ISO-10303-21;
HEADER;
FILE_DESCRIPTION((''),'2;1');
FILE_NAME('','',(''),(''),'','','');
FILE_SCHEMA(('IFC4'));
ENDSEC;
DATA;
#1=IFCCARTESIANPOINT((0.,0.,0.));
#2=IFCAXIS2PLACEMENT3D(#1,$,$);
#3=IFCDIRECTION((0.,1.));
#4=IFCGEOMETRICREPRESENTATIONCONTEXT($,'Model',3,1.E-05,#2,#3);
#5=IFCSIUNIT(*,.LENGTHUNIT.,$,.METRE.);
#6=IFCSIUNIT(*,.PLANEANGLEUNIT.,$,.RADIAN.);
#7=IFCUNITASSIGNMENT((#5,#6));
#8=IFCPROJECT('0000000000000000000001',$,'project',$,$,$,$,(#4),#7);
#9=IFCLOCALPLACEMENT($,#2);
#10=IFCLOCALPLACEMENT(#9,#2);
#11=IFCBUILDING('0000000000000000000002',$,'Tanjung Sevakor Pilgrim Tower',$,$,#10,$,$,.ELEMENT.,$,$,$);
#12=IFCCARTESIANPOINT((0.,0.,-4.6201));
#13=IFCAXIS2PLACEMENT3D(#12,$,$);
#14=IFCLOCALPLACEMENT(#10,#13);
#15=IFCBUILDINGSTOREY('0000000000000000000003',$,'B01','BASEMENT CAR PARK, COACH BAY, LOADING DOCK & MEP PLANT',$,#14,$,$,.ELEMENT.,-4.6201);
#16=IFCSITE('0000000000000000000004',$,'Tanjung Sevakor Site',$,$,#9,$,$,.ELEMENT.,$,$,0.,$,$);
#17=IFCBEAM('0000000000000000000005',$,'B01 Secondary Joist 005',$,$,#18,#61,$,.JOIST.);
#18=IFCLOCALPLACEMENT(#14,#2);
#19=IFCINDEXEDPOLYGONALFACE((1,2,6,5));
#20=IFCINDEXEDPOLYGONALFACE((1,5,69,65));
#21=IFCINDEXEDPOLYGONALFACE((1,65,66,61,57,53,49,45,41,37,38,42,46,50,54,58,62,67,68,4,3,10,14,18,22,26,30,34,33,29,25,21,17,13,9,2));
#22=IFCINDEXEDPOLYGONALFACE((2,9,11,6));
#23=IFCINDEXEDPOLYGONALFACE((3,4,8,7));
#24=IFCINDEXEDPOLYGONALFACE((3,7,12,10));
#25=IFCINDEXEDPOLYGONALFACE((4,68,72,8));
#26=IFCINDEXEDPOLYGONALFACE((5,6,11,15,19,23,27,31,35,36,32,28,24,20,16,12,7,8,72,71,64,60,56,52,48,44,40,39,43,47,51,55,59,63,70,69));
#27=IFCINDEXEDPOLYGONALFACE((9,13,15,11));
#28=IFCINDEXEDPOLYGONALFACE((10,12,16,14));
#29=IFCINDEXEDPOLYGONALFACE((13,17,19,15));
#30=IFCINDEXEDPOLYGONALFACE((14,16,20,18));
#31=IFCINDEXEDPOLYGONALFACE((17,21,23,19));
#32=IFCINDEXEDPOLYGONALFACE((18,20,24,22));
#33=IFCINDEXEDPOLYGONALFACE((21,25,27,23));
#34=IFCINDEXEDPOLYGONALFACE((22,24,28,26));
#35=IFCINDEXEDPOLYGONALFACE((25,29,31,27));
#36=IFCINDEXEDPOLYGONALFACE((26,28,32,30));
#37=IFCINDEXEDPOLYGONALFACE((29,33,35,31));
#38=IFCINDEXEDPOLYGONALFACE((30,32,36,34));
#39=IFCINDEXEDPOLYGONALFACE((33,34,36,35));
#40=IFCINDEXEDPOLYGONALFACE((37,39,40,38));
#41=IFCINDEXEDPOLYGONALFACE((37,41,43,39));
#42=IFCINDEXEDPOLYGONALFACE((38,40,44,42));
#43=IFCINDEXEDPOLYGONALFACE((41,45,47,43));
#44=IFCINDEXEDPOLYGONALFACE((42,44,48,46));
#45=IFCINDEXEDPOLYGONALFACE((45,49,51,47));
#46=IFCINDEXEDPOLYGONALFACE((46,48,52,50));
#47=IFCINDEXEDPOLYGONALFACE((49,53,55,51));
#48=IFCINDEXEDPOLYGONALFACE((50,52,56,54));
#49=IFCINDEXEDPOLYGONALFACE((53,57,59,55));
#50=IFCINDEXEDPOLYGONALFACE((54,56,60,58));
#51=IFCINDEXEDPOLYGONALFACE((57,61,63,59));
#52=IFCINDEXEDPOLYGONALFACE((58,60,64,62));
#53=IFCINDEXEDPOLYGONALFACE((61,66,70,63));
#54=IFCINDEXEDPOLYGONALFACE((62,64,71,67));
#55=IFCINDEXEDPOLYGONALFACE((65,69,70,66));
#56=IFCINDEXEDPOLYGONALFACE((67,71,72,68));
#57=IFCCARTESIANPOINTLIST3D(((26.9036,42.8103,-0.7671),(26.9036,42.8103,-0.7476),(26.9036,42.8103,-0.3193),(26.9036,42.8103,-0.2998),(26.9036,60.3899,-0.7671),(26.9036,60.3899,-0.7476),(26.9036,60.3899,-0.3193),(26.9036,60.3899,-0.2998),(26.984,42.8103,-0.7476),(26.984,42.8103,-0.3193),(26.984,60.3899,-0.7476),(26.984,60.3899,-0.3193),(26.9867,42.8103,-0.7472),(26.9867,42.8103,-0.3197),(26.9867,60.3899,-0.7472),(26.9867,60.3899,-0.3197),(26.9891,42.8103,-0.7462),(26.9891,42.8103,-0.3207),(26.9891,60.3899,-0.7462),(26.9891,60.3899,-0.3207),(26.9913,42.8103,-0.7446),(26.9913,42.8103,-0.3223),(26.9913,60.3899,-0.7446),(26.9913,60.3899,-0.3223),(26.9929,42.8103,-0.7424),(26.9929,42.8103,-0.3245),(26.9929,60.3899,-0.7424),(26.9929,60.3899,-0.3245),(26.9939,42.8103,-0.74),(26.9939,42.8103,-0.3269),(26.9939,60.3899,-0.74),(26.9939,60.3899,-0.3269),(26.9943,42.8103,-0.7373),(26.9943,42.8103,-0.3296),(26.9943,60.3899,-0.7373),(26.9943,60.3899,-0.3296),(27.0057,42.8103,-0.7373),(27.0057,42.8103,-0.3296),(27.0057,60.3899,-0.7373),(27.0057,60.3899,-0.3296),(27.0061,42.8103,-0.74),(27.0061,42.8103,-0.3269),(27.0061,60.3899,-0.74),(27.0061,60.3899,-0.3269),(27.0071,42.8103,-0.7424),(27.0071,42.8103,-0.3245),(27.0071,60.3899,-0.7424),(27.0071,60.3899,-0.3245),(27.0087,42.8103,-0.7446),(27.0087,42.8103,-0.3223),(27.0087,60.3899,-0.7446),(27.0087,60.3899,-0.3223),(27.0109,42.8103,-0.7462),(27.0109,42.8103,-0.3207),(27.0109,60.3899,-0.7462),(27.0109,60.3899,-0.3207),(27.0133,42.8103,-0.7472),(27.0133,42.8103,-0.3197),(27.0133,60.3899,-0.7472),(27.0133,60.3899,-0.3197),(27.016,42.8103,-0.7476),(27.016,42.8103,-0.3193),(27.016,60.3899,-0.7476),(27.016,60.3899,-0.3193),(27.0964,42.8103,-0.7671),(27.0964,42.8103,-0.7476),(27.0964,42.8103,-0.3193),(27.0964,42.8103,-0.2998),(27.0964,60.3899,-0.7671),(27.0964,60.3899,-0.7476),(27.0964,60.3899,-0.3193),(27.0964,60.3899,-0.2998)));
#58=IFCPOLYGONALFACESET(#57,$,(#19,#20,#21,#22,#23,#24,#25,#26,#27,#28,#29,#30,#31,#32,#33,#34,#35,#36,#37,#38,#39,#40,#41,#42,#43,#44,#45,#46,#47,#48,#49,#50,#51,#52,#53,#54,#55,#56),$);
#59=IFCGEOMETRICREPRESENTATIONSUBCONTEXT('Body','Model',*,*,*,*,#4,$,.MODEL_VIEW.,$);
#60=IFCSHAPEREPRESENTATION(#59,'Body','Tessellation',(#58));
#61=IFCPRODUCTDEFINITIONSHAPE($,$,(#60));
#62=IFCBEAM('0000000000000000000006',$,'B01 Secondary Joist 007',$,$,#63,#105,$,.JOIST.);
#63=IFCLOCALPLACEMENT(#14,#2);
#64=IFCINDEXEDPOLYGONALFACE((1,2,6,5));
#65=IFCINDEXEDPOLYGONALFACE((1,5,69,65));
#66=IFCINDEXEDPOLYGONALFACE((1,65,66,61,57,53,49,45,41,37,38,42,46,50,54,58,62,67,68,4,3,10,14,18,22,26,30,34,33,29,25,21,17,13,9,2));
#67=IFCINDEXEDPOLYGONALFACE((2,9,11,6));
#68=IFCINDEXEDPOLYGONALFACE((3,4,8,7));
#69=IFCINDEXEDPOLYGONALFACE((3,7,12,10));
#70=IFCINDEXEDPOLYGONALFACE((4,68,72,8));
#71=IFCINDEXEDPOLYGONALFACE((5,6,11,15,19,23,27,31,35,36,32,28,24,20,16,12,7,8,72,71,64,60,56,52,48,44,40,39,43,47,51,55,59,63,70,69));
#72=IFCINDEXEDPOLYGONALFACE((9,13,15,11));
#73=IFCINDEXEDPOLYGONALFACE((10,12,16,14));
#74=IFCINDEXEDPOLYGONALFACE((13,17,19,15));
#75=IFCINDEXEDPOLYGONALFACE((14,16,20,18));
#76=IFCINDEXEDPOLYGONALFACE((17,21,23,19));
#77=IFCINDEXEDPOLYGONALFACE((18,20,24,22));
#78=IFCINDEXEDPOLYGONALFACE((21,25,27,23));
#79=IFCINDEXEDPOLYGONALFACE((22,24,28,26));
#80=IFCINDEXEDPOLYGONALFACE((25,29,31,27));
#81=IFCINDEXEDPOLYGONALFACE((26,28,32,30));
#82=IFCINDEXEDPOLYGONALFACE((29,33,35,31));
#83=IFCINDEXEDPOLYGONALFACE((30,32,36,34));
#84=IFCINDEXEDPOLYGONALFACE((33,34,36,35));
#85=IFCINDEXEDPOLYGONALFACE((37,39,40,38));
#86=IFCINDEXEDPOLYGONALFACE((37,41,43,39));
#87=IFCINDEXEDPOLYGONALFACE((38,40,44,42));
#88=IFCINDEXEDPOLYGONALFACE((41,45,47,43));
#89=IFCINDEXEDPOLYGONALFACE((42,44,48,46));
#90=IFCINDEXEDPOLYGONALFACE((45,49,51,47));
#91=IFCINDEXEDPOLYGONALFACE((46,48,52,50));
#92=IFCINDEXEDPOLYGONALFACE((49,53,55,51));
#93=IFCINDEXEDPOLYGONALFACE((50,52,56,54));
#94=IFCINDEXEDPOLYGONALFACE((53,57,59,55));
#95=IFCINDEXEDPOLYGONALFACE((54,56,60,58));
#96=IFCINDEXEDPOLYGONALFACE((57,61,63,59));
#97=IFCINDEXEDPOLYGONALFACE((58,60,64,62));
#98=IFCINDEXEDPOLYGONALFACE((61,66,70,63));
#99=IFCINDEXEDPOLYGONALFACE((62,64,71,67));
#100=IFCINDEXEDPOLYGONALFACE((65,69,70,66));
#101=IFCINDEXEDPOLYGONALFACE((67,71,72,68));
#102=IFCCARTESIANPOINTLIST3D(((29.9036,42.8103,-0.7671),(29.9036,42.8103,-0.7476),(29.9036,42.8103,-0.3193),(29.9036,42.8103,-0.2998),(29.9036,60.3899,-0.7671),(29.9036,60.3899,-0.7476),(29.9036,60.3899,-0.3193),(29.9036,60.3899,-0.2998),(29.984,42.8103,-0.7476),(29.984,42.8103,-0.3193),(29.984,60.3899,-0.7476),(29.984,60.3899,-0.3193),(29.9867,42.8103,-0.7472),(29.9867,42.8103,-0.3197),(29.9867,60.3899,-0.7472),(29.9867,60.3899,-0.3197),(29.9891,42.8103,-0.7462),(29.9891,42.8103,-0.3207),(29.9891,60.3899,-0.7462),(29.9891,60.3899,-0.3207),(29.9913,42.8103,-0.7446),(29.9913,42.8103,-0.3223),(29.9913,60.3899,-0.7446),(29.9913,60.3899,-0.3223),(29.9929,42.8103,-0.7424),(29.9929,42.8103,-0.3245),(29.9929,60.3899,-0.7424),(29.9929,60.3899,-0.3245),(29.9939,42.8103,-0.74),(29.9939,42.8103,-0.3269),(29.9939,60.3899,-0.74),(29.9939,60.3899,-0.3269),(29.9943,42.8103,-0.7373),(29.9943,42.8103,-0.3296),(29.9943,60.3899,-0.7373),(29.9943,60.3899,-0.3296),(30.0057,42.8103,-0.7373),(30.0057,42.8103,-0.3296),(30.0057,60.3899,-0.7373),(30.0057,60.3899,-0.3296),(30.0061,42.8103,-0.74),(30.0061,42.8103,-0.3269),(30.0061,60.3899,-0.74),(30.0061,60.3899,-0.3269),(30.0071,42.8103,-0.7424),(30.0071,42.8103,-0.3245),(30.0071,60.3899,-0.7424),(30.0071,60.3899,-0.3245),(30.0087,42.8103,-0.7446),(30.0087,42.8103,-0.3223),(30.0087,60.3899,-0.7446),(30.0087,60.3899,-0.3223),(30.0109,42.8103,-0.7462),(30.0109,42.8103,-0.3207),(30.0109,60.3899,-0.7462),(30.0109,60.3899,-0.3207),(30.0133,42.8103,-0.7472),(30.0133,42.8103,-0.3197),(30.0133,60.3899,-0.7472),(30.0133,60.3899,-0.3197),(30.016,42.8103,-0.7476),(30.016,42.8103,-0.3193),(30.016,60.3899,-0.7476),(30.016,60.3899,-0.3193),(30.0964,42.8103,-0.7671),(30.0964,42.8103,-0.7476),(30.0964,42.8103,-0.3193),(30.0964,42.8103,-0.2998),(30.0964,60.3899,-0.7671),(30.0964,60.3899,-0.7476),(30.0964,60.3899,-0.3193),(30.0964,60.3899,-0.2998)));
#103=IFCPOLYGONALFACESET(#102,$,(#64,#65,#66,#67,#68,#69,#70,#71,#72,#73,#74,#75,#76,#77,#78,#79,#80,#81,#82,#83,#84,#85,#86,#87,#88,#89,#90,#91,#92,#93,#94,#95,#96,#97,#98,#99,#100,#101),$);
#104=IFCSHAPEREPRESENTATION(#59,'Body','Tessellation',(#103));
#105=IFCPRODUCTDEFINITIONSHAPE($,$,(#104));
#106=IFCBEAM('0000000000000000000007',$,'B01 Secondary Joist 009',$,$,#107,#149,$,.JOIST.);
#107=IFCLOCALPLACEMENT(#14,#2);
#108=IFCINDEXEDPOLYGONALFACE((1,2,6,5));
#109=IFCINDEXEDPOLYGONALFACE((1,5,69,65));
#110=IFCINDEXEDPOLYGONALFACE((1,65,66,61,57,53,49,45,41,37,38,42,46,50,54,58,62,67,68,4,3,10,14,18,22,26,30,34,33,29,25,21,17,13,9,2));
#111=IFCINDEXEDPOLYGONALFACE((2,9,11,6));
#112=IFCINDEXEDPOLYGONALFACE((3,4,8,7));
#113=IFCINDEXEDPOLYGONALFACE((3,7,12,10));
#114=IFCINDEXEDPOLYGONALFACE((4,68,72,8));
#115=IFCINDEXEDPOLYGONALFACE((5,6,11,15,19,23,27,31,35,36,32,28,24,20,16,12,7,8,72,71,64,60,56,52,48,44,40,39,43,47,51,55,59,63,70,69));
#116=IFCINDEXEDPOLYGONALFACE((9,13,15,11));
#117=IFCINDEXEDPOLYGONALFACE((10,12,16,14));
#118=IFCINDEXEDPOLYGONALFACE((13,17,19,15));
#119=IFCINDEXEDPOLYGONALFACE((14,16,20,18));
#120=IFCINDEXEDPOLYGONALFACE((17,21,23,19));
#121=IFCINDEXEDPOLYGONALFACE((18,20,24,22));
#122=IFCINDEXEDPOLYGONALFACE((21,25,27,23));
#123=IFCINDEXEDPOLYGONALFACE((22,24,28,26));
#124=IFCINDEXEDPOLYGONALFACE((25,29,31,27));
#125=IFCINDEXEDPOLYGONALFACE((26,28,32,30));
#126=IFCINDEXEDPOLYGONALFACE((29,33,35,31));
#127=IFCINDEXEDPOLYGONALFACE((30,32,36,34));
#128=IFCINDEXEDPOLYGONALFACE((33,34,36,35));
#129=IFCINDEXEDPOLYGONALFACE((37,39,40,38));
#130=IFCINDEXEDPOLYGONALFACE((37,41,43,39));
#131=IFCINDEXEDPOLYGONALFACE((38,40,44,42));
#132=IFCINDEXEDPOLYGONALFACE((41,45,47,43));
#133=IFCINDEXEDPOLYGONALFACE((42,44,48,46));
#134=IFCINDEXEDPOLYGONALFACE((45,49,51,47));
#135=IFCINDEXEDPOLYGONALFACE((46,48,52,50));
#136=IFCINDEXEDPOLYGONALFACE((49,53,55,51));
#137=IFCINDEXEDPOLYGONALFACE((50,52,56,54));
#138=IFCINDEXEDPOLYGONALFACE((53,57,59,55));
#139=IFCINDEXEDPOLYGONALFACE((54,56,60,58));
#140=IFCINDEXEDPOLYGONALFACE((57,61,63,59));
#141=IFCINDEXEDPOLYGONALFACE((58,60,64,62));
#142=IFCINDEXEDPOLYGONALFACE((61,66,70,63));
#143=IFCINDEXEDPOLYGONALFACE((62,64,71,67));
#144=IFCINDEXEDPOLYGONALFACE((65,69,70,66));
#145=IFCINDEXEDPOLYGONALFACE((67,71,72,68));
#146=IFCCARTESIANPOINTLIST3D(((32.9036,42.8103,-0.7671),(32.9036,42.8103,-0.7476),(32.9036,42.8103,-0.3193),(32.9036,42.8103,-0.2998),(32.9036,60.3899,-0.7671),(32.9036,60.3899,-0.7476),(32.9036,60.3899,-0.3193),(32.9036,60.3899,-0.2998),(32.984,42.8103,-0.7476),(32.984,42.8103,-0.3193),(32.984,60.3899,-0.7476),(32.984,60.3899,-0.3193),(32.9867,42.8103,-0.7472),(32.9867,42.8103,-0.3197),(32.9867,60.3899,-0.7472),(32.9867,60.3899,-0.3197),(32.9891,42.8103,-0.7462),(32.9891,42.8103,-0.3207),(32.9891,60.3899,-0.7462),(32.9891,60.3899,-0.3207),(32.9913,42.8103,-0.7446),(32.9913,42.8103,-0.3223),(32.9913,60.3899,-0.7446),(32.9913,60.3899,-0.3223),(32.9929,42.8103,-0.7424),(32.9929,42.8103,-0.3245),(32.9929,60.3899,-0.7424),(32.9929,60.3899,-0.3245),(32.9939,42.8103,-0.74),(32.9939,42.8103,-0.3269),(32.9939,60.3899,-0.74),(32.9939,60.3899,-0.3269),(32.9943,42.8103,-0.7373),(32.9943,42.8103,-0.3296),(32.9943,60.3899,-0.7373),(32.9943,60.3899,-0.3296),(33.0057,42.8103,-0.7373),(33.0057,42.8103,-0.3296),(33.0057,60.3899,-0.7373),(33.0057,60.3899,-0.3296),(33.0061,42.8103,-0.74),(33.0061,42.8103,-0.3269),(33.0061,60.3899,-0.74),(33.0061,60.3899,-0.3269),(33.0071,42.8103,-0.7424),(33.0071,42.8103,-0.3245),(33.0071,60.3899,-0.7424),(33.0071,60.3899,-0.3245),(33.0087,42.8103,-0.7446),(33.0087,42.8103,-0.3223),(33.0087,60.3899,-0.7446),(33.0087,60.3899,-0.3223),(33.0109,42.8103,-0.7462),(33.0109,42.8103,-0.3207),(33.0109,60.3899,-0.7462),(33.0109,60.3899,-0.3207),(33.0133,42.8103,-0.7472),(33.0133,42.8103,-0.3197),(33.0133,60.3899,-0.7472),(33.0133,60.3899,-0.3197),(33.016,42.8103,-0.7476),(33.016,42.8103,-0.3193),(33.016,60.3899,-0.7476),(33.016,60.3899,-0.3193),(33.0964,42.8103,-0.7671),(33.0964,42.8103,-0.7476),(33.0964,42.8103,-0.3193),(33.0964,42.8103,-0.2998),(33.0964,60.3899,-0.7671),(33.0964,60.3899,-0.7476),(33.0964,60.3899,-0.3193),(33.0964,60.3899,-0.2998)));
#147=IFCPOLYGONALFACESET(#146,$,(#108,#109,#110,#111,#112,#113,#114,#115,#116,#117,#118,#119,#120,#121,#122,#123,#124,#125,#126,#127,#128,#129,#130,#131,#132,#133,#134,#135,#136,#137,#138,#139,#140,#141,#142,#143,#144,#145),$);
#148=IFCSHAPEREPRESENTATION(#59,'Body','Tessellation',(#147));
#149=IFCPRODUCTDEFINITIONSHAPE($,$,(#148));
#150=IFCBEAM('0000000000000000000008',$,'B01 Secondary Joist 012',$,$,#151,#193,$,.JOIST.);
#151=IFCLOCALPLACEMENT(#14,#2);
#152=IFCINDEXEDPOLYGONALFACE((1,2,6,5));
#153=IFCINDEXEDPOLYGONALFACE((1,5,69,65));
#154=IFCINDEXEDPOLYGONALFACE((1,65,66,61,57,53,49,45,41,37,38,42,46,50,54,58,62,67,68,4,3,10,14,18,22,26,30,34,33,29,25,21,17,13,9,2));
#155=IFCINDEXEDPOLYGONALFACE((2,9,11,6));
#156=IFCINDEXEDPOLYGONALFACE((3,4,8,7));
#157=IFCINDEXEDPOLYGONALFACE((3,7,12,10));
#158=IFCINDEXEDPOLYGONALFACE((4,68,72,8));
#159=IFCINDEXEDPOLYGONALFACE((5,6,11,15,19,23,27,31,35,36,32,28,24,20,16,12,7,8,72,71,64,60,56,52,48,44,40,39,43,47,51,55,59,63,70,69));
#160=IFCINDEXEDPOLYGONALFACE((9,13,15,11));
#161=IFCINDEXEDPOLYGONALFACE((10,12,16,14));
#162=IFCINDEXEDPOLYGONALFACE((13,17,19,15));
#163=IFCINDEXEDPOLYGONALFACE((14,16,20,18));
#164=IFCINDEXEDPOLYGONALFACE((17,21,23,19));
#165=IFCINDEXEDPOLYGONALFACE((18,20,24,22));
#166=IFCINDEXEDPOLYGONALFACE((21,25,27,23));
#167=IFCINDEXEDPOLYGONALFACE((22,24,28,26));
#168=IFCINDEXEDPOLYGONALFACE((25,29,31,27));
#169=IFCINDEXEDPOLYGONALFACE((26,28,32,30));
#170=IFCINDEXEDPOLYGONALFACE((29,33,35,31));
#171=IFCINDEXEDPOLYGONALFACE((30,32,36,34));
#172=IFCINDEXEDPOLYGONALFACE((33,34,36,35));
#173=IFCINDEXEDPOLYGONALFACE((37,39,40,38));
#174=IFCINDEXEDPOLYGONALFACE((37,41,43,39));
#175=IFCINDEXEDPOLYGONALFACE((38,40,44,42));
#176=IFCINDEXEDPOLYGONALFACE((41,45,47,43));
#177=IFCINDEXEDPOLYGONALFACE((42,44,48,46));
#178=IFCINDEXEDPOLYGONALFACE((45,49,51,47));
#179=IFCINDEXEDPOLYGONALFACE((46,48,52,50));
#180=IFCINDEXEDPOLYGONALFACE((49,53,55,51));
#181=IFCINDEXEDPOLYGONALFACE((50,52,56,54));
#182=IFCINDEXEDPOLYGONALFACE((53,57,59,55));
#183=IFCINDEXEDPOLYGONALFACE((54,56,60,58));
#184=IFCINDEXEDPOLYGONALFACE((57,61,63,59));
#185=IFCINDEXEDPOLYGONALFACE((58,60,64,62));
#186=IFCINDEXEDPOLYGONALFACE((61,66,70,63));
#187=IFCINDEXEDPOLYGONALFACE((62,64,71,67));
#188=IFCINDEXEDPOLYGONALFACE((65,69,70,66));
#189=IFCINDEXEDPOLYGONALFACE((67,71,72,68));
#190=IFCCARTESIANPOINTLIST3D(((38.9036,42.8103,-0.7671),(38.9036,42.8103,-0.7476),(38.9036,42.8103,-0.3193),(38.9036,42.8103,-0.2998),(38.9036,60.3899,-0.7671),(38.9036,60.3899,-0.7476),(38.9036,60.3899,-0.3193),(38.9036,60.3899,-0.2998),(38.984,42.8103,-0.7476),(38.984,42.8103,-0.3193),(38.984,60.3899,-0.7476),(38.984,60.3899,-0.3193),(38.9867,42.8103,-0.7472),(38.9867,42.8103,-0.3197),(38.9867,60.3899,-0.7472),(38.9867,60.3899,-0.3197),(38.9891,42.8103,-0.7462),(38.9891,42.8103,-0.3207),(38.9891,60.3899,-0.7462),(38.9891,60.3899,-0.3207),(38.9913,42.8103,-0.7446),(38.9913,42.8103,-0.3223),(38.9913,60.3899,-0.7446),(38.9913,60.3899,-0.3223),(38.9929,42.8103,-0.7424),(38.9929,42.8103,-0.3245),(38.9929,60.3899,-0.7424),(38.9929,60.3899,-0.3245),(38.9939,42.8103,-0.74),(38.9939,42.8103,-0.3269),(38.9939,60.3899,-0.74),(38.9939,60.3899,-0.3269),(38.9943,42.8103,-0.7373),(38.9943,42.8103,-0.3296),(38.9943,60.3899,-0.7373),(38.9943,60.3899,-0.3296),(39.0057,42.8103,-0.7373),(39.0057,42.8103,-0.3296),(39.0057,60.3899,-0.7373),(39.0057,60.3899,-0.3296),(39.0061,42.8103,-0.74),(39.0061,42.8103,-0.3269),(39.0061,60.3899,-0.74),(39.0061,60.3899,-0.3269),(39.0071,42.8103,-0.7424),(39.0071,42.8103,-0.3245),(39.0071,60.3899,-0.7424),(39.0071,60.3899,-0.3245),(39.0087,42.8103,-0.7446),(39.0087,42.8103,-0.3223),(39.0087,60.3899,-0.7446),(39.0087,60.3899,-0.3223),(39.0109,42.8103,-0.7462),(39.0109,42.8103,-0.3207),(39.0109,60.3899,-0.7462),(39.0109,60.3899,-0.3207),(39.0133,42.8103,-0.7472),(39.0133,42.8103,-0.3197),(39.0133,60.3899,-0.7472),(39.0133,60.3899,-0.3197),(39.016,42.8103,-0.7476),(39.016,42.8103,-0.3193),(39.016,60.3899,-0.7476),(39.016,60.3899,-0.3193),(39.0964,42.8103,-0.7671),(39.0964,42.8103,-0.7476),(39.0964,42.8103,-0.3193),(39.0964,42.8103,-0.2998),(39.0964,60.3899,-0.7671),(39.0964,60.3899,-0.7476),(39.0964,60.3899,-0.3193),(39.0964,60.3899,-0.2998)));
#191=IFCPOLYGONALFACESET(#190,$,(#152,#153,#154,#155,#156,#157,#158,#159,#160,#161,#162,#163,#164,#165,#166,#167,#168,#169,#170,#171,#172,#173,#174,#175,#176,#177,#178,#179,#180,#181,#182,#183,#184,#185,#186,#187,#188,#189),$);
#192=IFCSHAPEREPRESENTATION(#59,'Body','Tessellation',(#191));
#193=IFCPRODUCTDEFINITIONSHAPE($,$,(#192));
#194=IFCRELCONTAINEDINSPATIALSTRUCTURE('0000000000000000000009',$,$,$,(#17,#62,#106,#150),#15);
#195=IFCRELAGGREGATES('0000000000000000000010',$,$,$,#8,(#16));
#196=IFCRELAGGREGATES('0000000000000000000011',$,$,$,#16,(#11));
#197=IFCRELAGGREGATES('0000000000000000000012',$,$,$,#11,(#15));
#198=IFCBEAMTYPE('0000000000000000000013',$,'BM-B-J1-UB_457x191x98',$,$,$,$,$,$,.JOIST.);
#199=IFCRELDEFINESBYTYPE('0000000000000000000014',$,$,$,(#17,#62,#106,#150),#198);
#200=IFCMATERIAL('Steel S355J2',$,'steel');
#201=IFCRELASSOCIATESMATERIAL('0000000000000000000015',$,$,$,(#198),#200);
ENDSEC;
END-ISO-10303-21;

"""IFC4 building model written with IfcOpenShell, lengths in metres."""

from ifc_helpers import new_model, si_unit, direction, frame, origin, origin_2d, place, context, subcontext, project, spatial, i_section, extrude, material, material_profile, profile_set, type_object, element, save


model = new_model("IFC4")

# Units and contexts
model_context = context("Model", 3, precision=1e-05, world=origin(), true_north=direction((0.0, 1.0)))
body_context = subcontext(model_context, "Body", "Model", "MODEL_VIEW")
ifc_project = project(units=[si_unit("LENGTHUNIT", "METRE"), si_unit("PLANEANGLEUNIT", "RADIAN")], contexts=[model_context])

# Site, building, storey
site_placement = place(None, origin())
site = spatial("IfcSite", under=ifc_project, at=site_placement, Name="Tanjung Sevakor Site", CompositionType="ELEMENT", RefElevation=0.0)
building_placement = place(site_placement, origin())
building = spatial("IfcBuilding", under=site, at=building_placement, Name="Tanjung Sevakor Pilgrim Tower", CompositionType="ELEMENT")
storey_placement = place(building_placement, frame((0.0, 0.0, -4.6201)))
storey = spatial("IfcBuildingStorey", under=building, at=storey_placement, Name="B01", Description="BASEMENT CAR PARK, COACH BAY, LOADING DOCK & MEP PLANT", CompositionType="ELEMENT", Elevation=-4.6201)

# Beams
ifc_material_1 = material(Name="Steel S355J2", Category="steel")
ifc_material_profile_1 = material_profile(ifc_material_1, i_section(OverallWidth=0.1929, OverallDepth=0.4673, WebThickness=0.0115, FlangeThickness=0.0195, FilletRadius=0.0103, at=origin_2d()))
ifc_profile_set_1 = profile_set([ifc_material_profile_1], Name="Steel S355J2")
beam_type_1 = type_object("IfcBeamType", Name="BM-B-J1-UB_457x191x98", PredefinedType="JOIST", material=ifc_profile_set_1)
for number, where, z_axis, x_axis, name in (
    (1, (27.0, 42.8103, -0.5334), (0.0, 1.0, 0.0), (-1.0, 0.0, 0.0), "B01 Secondary Joist 005"),
    (2, (30.0, 42.8103, -0.5334), (0.0, 1.0, 0.0), (-1.0, 0.0, 0.0), "B01 Secondary Joist 007"),
    (3, (33.0, 42.8103, -0.5334), (0.0, 1.0, 0.0), (-1.0, 0.0, 0.0), "B01 Secondary Joist 009"),
    (4, (39.0, 42.8103, -0.5334), (0.0, 1.0, 0.0), (-1.0, 0.0, 0.0), "B01 Secondary Joist 012"),
):
    element("IfcBeam", number, at=place(storey_placement, frame(where, z_axis=z_axis, x_axis=x_axis)), inside=storey, type_object=beam_type_1, Name=name, PredefinedType="JOIST", context=body_context, shape_type="SweptSolid", body=[
        extrude(i_section(OverallWidth=0.1929, OverallDepth=0.4673, WebThickness=0.0115, FlangeThickness=0.0195, FilletRadius=0.0103, at=origin_2d()), origin(), (0.0, 0.0, 1.0), 17.5796),
    ])

save(model, "model.ifc")
